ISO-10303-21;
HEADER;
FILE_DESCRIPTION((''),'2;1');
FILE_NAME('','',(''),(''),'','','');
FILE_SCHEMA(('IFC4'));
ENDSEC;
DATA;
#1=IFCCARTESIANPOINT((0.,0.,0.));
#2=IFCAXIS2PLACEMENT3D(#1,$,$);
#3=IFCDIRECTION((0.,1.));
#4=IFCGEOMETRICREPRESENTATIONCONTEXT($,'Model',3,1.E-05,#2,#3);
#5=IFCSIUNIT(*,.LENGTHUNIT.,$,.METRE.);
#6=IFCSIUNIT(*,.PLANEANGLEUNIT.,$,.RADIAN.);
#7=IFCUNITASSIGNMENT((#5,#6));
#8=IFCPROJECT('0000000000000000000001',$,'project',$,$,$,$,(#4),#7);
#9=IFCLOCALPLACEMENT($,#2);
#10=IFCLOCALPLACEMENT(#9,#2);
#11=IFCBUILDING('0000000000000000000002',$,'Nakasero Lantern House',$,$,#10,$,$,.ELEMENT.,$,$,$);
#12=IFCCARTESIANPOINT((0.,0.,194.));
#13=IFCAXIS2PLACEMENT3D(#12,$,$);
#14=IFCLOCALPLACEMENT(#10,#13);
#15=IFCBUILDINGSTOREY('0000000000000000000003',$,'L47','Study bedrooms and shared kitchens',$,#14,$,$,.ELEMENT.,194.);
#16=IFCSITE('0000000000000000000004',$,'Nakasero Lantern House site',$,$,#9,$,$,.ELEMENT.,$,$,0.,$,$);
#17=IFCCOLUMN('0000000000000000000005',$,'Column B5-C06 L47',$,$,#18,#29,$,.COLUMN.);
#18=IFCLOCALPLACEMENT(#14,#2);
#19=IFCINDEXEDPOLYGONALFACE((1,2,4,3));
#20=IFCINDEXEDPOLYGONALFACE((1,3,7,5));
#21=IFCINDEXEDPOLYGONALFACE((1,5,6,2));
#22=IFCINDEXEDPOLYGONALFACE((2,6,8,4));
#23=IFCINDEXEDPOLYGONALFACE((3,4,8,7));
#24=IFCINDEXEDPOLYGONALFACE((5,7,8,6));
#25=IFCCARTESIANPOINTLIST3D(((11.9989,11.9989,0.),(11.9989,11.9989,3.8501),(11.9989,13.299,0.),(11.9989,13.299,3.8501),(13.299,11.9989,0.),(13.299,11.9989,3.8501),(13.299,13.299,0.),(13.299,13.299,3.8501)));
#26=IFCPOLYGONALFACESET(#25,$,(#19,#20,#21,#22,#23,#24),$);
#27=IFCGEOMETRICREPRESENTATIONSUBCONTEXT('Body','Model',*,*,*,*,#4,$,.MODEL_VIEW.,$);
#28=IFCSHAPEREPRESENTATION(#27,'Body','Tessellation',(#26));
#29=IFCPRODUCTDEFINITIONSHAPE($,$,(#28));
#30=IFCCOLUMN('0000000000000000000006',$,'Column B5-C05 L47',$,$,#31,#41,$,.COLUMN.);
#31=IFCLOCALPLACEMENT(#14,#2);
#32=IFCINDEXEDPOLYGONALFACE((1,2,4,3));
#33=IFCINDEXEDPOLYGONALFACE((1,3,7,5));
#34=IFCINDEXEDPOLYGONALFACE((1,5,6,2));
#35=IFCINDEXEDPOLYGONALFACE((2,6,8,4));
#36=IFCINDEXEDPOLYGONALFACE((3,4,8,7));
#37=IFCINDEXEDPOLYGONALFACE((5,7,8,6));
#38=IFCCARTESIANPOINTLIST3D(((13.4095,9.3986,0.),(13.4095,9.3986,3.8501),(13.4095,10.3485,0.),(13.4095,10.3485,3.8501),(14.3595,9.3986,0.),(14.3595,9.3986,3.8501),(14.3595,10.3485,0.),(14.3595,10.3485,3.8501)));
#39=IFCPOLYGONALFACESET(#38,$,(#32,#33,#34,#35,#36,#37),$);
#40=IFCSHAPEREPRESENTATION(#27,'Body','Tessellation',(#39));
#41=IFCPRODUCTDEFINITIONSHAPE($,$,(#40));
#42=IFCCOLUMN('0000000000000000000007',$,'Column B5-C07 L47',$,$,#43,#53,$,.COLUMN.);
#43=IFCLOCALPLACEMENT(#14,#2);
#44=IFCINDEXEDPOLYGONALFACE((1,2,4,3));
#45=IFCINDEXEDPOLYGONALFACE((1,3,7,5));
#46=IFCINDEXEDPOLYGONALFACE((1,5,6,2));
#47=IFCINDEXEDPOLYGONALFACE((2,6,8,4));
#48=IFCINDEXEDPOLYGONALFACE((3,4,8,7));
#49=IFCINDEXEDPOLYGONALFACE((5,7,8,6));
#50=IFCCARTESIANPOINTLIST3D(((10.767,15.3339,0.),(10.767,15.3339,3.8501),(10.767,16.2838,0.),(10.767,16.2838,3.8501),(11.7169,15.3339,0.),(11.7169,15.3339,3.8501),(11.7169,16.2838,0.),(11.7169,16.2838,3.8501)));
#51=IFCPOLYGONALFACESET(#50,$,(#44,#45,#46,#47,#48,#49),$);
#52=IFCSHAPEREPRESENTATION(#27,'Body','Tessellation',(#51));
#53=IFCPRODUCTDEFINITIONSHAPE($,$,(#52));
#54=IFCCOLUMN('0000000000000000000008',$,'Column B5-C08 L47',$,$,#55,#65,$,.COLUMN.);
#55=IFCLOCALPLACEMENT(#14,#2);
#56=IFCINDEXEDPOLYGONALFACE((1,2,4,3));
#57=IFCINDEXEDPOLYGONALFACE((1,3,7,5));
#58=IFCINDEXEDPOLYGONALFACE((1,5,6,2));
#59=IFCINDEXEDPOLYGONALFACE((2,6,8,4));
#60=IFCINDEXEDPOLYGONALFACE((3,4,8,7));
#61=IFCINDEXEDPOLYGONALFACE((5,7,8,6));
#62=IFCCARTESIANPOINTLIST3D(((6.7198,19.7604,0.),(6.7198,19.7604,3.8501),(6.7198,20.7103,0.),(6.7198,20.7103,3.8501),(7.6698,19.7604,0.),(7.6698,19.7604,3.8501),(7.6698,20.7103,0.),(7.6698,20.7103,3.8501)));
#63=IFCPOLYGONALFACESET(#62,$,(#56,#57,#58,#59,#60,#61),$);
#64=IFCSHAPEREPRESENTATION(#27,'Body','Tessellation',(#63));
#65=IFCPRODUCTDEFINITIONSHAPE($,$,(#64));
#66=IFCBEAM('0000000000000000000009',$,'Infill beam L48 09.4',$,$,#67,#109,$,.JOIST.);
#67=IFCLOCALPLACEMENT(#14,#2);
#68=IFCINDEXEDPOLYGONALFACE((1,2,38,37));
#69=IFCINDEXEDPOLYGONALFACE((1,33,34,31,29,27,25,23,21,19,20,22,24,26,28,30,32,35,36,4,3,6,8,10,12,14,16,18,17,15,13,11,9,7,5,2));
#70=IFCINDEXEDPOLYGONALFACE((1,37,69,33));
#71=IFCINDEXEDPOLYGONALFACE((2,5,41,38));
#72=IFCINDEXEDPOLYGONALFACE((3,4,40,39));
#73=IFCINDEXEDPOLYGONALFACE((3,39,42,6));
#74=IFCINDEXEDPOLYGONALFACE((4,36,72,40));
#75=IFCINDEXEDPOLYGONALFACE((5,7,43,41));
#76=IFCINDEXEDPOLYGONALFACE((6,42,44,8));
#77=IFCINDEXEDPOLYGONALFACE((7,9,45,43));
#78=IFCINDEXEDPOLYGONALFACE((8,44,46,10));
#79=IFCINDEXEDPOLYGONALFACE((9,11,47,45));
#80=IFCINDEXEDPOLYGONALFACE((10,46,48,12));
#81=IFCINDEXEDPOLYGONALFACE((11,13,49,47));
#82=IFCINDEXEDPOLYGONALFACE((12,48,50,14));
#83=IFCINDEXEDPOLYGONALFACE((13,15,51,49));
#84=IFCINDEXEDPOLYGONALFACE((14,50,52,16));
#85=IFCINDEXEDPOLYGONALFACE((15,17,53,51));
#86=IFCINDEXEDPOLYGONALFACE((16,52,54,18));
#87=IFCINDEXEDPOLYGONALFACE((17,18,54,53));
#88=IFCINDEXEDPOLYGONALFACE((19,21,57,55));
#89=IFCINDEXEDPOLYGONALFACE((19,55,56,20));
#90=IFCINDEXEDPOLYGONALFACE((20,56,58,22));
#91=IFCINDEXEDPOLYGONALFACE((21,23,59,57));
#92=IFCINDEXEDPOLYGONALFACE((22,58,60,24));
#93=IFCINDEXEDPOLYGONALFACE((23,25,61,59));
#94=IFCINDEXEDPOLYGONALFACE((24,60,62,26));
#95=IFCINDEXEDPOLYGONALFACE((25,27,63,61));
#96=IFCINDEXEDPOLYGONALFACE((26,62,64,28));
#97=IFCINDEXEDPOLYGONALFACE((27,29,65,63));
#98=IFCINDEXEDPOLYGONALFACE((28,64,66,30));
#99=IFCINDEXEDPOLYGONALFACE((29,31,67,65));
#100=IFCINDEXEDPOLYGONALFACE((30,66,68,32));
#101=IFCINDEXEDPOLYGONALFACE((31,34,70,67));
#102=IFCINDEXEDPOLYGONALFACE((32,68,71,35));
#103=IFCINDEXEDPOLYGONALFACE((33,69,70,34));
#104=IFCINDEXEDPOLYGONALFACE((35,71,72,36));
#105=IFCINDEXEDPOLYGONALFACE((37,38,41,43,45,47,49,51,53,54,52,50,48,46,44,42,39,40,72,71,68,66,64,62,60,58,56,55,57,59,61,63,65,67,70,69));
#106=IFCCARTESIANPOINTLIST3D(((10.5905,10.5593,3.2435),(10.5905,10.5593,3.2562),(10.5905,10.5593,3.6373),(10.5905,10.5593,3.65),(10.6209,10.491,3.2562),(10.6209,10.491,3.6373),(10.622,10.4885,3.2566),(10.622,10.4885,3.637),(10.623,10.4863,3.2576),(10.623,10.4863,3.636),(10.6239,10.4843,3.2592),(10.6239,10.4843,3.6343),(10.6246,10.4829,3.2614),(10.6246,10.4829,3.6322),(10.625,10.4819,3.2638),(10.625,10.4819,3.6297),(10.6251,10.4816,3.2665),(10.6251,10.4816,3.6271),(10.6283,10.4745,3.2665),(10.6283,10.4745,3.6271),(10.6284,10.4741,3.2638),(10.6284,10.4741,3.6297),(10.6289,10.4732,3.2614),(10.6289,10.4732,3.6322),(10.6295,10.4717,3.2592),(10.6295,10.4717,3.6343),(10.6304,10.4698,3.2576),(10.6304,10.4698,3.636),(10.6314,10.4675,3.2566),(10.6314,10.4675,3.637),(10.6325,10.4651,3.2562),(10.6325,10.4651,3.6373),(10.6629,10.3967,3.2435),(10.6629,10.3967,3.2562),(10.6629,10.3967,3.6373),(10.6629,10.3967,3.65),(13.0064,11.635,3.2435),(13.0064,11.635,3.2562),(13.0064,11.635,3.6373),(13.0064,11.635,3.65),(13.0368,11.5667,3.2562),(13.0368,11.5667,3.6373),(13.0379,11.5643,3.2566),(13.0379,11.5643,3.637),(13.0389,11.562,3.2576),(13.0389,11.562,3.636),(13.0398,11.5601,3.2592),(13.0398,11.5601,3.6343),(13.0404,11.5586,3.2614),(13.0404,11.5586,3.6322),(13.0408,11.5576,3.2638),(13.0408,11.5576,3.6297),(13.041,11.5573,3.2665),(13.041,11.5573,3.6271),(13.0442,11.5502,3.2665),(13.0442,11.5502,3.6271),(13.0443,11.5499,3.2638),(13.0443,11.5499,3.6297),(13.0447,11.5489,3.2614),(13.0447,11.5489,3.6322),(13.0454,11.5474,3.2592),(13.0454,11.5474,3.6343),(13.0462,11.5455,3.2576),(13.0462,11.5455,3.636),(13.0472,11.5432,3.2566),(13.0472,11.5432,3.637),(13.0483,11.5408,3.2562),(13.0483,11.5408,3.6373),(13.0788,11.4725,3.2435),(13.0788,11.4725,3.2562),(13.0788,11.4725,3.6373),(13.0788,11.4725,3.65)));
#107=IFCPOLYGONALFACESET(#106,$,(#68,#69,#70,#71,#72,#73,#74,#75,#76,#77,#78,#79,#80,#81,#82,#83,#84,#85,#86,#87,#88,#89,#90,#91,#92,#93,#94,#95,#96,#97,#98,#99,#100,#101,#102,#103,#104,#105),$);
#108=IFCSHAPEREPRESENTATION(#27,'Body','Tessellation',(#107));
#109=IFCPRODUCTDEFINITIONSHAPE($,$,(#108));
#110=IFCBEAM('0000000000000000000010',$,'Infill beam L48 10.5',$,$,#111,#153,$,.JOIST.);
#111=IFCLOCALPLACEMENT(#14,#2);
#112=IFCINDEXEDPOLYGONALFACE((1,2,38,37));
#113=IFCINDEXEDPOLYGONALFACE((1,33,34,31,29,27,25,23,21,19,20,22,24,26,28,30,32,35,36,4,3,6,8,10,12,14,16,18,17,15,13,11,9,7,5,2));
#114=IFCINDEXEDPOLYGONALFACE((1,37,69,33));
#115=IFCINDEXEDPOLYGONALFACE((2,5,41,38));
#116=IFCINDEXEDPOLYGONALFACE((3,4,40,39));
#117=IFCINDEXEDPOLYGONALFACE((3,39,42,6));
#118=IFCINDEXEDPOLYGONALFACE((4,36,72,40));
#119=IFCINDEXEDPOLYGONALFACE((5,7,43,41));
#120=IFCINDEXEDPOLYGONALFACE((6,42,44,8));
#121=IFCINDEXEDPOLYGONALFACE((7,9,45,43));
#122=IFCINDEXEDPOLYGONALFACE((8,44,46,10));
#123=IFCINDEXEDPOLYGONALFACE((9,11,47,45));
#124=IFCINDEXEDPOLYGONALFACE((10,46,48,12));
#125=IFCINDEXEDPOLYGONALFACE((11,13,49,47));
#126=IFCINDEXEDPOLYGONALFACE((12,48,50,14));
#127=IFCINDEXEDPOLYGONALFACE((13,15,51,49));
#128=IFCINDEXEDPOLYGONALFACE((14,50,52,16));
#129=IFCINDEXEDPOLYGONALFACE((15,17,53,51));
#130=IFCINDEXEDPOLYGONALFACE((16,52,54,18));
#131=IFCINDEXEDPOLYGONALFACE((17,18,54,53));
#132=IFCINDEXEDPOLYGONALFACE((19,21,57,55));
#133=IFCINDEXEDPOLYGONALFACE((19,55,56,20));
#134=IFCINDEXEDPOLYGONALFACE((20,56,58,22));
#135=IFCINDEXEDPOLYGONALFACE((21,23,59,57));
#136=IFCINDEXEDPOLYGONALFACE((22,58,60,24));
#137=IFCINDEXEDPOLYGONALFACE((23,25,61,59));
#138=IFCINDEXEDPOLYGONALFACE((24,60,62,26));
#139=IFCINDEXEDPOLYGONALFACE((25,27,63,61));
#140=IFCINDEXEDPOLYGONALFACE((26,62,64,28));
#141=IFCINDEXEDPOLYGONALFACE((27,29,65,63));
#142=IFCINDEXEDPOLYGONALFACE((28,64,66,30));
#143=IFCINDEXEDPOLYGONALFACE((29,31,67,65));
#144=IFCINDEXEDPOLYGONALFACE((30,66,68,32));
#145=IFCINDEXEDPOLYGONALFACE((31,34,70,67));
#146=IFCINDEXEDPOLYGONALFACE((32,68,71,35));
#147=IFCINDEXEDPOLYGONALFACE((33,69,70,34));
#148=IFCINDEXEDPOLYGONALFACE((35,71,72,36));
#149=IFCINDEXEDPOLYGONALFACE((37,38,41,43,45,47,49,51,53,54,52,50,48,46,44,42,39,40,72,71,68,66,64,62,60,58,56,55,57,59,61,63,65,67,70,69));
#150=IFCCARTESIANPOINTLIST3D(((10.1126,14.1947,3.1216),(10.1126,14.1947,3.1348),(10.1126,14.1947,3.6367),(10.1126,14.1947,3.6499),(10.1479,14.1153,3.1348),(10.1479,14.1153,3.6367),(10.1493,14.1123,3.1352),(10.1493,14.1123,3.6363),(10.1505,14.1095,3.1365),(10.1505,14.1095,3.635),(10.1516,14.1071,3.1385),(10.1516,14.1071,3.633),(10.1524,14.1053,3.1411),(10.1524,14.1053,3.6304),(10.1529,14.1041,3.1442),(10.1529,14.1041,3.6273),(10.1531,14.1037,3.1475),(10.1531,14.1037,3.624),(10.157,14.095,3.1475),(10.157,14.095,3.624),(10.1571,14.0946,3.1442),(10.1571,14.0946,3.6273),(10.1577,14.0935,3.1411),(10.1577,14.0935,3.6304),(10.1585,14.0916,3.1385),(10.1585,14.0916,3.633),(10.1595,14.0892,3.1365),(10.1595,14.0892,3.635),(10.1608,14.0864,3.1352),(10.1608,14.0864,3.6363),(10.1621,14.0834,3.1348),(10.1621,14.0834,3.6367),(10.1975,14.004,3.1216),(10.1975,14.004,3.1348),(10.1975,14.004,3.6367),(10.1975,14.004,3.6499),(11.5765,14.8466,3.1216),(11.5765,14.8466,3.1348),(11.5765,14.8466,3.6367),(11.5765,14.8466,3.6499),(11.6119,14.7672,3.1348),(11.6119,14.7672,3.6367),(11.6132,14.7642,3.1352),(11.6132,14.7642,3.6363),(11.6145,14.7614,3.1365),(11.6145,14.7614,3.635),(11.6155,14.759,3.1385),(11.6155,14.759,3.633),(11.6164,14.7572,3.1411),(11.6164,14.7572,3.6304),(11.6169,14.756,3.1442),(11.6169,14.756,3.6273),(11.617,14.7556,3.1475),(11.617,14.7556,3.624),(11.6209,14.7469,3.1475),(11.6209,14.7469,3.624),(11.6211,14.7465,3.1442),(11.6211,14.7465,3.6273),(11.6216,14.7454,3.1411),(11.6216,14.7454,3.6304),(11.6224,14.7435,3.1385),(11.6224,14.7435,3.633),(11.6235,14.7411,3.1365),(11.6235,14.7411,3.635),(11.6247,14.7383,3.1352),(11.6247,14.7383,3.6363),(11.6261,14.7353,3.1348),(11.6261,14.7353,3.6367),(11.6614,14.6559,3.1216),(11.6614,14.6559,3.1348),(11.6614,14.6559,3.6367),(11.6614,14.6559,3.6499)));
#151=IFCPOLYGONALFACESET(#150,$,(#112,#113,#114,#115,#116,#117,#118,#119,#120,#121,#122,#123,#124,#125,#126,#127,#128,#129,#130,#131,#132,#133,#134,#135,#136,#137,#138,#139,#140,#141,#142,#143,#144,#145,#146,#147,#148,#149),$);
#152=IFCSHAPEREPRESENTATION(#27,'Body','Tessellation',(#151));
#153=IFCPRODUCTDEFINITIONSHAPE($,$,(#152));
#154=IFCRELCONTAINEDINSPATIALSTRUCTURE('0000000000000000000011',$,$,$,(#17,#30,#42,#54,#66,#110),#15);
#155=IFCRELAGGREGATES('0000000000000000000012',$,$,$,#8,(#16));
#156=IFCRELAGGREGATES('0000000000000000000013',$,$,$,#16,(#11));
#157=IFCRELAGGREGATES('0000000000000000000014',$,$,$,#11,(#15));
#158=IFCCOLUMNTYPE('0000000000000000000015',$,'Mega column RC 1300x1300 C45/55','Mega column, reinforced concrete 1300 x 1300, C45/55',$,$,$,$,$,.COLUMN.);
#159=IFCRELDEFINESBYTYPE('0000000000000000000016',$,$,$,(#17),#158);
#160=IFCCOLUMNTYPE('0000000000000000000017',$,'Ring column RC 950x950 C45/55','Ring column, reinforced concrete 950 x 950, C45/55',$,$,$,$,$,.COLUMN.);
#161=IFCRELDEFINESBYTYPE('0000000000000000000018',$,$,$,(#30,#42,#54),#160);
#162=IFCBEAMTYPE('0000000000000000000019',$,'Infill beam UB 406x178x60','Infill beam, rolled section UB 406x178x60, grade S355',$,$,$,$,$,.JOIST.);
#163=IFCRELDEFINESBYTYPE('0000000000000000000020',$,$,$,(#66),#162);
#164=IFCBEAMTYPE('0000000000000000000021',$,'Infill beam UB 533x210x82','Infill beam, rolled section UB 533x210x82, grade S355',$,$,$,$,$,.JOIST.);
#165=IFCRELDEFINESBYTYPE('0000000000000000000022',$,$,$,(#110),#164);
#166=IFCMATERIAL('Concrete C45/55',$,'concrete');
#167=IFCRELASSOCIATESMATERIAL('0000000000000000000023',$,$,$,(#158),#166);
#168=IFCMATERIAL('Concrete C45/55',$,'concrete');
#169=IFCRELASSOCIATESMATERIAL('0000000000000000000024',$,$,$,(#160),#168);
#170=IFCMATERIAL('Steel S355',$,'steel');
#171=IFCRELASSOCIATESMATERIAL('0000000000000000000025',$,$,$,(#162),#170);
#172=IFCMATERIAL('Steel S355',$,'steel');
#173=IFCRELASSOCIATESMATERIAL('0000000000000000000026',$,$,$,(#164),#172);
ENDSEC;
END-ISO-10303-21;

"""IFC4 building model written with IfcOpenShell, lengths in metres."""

from ifc_helpers import new_model, si_unit, direction, frame, origin, origin_2d, place, context, subcontext, project, spatial, rectangle, i_section, extrude, material, material_profile, profile_set, type_object, element, save


model = new_model("IFC4")

# Units and contexts
model_context = context("Model", 3, precision=1e-05, world=origin(), true_north=direction((0.0, 1.0)))
body_context = subcontext(model_context, "Body", "Model", "MODEL_VIEW")
ifc_project = project(units=[si_unit("LENGTHUNIT", "METRE"), si_unit("PLANEANGLEUNIT", "RADIAN")], contexts=[model_context])

# Site, building, storey
site_placement = place(None, origin())
site = spatial("IfcSite", under=ifc_project, at=site_placement, Name="Nakasero Lantern House site", CompositionType="ELEMENT", RefElevation=0.0)
building_placement = place(site_placement, origin())
building = spatial("IfcBuilding", under=site, at=building_placement, Name="Nakasero Lantern House", CompositionType="ELEMENT")
storey_placement = place(building_placement, frame((0.0, 0.0, 194.0)))
storey = spatial("IfcBuildingStorey", under=building, at=storey_placement, Name="L47", Description="Study bedrooms and shared kitchens", CompositionType="ELEMENT", Elevation=194.0)

# Columns
ifc_material_1 = material(Name="Concrete C45/55", Category="concrete")
ifc_material_profile_1 = material_profile(ifc_material_1, rectangle(XDim=1.3, YDim=1.3, at=origin_2d()), Name="RC 1300x1300")
ifc_profile_set_1 = profile_set([ifc_material_profile_1], Name="Concrete C45/55")
column_type_1 = type_object("IfcColumnType", Name="Mega column RC 1300x1300 C45/55", Description="Mega column, reinforced concrete 1300 x 1300, C45/55", PredefinedType="COLUMN", material=ifc_profile_set_1)
column_placement = place(storey_placement, frame((12.6489, 12.6489, 0.0), z_axis=(0.0, 0.0, 1.0), x_axis=(1.0, 0.0, 0.0)))
element("IfcColumn", 1, at=column_placement, inside=storey, type_object=column_type_1, Name="Column B5-C06 L47", PredefinedType="COLUMN", context=body_context, shape_type="SweptSolid", body=[
    extrude(rectangle(XDim=1.3, YDim=1.3, at=origin_2d()), origin(), (0.0, 0.0, 1.0), 3.8501),
])
ifc_material_2 = material(Name="Concrete C45/55", Category="concrete")
ifc_material_profile_2 = material_profile(ifc_material_2, rectangle(XDim=0.95, YDim=0.95, at=origin_2d()), Name="RC 950x950")
ifc_profile_set_2 = profile_set([ifc_material_profile_2], Name="Concrete C45/55")
column_type_2 = type_object("IfcColumnType", Name="Ring column RC 950x950 C45/55", Description="Ring column, reinforced concrete 950 x 950, C45/55", PredefinedType="COLUMN", material=ifc_profile_set_2)
for number, where, z_axis, x_axis, name in (
    (2, (13.8845, 9.8735, 0.0), (0.0, 0.0, 1.0), (1.0, 0.0, 0.0), "Column B5-C05 L47"),
    (3, (11.2419, 15.8088, 0.0), (0.0, 0.0, 1.0), (1.0, 0.0, 0.0), "Column B5-C07 L47"),
    (4, (7.1948, 20.2354, 0.0), (0.0, 0.0, 1.0), (1.0, 0.0, 0.0), "Column B5-C08 L47"),
):
    element("IfcColumn", number, at=place(storey_placement, frame(where, z_axis=z_axis, x_axis=x_axis)), inside=storey, type_object=column_type_2, Name=name, PredefinedType="COLUMN", context=body_context, shape_type="SweptSolid", body=[
        extrude(rectangle(XDim=0.95, YDim=0.95, at=origin_2d()), origin(), (0.0, 0.0, 1.0), 3.8501),
    ])

# Beams
ifc_material_3 = material(Name="Steel S355", Category="steel")
ifc_material_profile_3 = material_profile(ifc_material_3, i_section(OverallWidth=0.178, OverallDepth=0.4065, WebThickness=0.0078, FlangeThickness=0.0127, FilletRadius=0.0103, at=origin_2d()), Name="UB 406x178x60")
ifc_profile_set_3 = profile_set([ifc_material_profile_3], Name="Steel S355")
beam_type_1 = type_object("IfcBeamType", Name="Infill beam UB 406x178x60", Description="Infill beam, rolled section UB 406x178x60, grade S355", PredefinedType="JOIST", material=ifc_profile_set_3)
beam_1_placement = place(storey_placement, frame((10.6267, 10.478, 3.4468), z_axis=(0.91353, 0.406772, 0.0), x_axis=(-0.406772, 0.91353, 0.0)))
element("IfcBeam", 5, at=beam_1_placement, inside=storey, type_object=beam_type_1, Name="Infill beam L48 09.4", PredefinedType="JOIST", context=body_context, shape_type="SweptSolid", body=[
    extrude(i_section(OverallWidth=0.178, OverallDepth=0.4065, WebThickness=0.0078, FlangeThickness=0.0127, FilletRadius=0.0103, at=origin_2d()), origin(), (0.0, 0.0, 1.0), 2.6445),
])
ifc_material_4 = material(Name="Steel S355", Category="steel")
ifc_material_profile_4 = material_profile(ifc_material_4, i_section(OverallWidth=0.2087, OverallDepth=0.5283, WebThickness=0.0095, FlangeThickness=0.0132, FilletRadius=0.0127, at=origin_2d()), Name="UB 533x210x82")
ifc_profile_set_4 = profile_set([ifc_material_profile_4], Name="Steel S355")
beam_type_2 = type_object("IfcBeamType", Name="Infill beam UB 533x210x82", Description="Infill beam, rolled section UB 533x210x82, grade S355", PredefinedType="JOIST", material=ifc_profile_set_4)
beam_2_placement = place(storey_placement, frame((10.155, 14.0994, 3.3857), z_axis=(0.913522, 0.406789, 0.0), x_axis=(-0.406789, 0.913522, 0.0)))
element("IfcBeam", 6, at=beam_2_placement, inside=storey, type_object=beam_type_2, Name="Infill beam L48 10.5", PredefinedType="JOIST", context=body_context, shape_type="SweptSolid", body=[
    extrude(i_section(OverallWidth=0.2087, OverallDepth=0.5283, WebThickness=0.0095, FlangeThickness=0.0132, FilletRadius=0.0127, at=origin_2d()), origin(), (0.0, 0.0, 1.0), 1.6025),
])

save(model, "model.ifc")
